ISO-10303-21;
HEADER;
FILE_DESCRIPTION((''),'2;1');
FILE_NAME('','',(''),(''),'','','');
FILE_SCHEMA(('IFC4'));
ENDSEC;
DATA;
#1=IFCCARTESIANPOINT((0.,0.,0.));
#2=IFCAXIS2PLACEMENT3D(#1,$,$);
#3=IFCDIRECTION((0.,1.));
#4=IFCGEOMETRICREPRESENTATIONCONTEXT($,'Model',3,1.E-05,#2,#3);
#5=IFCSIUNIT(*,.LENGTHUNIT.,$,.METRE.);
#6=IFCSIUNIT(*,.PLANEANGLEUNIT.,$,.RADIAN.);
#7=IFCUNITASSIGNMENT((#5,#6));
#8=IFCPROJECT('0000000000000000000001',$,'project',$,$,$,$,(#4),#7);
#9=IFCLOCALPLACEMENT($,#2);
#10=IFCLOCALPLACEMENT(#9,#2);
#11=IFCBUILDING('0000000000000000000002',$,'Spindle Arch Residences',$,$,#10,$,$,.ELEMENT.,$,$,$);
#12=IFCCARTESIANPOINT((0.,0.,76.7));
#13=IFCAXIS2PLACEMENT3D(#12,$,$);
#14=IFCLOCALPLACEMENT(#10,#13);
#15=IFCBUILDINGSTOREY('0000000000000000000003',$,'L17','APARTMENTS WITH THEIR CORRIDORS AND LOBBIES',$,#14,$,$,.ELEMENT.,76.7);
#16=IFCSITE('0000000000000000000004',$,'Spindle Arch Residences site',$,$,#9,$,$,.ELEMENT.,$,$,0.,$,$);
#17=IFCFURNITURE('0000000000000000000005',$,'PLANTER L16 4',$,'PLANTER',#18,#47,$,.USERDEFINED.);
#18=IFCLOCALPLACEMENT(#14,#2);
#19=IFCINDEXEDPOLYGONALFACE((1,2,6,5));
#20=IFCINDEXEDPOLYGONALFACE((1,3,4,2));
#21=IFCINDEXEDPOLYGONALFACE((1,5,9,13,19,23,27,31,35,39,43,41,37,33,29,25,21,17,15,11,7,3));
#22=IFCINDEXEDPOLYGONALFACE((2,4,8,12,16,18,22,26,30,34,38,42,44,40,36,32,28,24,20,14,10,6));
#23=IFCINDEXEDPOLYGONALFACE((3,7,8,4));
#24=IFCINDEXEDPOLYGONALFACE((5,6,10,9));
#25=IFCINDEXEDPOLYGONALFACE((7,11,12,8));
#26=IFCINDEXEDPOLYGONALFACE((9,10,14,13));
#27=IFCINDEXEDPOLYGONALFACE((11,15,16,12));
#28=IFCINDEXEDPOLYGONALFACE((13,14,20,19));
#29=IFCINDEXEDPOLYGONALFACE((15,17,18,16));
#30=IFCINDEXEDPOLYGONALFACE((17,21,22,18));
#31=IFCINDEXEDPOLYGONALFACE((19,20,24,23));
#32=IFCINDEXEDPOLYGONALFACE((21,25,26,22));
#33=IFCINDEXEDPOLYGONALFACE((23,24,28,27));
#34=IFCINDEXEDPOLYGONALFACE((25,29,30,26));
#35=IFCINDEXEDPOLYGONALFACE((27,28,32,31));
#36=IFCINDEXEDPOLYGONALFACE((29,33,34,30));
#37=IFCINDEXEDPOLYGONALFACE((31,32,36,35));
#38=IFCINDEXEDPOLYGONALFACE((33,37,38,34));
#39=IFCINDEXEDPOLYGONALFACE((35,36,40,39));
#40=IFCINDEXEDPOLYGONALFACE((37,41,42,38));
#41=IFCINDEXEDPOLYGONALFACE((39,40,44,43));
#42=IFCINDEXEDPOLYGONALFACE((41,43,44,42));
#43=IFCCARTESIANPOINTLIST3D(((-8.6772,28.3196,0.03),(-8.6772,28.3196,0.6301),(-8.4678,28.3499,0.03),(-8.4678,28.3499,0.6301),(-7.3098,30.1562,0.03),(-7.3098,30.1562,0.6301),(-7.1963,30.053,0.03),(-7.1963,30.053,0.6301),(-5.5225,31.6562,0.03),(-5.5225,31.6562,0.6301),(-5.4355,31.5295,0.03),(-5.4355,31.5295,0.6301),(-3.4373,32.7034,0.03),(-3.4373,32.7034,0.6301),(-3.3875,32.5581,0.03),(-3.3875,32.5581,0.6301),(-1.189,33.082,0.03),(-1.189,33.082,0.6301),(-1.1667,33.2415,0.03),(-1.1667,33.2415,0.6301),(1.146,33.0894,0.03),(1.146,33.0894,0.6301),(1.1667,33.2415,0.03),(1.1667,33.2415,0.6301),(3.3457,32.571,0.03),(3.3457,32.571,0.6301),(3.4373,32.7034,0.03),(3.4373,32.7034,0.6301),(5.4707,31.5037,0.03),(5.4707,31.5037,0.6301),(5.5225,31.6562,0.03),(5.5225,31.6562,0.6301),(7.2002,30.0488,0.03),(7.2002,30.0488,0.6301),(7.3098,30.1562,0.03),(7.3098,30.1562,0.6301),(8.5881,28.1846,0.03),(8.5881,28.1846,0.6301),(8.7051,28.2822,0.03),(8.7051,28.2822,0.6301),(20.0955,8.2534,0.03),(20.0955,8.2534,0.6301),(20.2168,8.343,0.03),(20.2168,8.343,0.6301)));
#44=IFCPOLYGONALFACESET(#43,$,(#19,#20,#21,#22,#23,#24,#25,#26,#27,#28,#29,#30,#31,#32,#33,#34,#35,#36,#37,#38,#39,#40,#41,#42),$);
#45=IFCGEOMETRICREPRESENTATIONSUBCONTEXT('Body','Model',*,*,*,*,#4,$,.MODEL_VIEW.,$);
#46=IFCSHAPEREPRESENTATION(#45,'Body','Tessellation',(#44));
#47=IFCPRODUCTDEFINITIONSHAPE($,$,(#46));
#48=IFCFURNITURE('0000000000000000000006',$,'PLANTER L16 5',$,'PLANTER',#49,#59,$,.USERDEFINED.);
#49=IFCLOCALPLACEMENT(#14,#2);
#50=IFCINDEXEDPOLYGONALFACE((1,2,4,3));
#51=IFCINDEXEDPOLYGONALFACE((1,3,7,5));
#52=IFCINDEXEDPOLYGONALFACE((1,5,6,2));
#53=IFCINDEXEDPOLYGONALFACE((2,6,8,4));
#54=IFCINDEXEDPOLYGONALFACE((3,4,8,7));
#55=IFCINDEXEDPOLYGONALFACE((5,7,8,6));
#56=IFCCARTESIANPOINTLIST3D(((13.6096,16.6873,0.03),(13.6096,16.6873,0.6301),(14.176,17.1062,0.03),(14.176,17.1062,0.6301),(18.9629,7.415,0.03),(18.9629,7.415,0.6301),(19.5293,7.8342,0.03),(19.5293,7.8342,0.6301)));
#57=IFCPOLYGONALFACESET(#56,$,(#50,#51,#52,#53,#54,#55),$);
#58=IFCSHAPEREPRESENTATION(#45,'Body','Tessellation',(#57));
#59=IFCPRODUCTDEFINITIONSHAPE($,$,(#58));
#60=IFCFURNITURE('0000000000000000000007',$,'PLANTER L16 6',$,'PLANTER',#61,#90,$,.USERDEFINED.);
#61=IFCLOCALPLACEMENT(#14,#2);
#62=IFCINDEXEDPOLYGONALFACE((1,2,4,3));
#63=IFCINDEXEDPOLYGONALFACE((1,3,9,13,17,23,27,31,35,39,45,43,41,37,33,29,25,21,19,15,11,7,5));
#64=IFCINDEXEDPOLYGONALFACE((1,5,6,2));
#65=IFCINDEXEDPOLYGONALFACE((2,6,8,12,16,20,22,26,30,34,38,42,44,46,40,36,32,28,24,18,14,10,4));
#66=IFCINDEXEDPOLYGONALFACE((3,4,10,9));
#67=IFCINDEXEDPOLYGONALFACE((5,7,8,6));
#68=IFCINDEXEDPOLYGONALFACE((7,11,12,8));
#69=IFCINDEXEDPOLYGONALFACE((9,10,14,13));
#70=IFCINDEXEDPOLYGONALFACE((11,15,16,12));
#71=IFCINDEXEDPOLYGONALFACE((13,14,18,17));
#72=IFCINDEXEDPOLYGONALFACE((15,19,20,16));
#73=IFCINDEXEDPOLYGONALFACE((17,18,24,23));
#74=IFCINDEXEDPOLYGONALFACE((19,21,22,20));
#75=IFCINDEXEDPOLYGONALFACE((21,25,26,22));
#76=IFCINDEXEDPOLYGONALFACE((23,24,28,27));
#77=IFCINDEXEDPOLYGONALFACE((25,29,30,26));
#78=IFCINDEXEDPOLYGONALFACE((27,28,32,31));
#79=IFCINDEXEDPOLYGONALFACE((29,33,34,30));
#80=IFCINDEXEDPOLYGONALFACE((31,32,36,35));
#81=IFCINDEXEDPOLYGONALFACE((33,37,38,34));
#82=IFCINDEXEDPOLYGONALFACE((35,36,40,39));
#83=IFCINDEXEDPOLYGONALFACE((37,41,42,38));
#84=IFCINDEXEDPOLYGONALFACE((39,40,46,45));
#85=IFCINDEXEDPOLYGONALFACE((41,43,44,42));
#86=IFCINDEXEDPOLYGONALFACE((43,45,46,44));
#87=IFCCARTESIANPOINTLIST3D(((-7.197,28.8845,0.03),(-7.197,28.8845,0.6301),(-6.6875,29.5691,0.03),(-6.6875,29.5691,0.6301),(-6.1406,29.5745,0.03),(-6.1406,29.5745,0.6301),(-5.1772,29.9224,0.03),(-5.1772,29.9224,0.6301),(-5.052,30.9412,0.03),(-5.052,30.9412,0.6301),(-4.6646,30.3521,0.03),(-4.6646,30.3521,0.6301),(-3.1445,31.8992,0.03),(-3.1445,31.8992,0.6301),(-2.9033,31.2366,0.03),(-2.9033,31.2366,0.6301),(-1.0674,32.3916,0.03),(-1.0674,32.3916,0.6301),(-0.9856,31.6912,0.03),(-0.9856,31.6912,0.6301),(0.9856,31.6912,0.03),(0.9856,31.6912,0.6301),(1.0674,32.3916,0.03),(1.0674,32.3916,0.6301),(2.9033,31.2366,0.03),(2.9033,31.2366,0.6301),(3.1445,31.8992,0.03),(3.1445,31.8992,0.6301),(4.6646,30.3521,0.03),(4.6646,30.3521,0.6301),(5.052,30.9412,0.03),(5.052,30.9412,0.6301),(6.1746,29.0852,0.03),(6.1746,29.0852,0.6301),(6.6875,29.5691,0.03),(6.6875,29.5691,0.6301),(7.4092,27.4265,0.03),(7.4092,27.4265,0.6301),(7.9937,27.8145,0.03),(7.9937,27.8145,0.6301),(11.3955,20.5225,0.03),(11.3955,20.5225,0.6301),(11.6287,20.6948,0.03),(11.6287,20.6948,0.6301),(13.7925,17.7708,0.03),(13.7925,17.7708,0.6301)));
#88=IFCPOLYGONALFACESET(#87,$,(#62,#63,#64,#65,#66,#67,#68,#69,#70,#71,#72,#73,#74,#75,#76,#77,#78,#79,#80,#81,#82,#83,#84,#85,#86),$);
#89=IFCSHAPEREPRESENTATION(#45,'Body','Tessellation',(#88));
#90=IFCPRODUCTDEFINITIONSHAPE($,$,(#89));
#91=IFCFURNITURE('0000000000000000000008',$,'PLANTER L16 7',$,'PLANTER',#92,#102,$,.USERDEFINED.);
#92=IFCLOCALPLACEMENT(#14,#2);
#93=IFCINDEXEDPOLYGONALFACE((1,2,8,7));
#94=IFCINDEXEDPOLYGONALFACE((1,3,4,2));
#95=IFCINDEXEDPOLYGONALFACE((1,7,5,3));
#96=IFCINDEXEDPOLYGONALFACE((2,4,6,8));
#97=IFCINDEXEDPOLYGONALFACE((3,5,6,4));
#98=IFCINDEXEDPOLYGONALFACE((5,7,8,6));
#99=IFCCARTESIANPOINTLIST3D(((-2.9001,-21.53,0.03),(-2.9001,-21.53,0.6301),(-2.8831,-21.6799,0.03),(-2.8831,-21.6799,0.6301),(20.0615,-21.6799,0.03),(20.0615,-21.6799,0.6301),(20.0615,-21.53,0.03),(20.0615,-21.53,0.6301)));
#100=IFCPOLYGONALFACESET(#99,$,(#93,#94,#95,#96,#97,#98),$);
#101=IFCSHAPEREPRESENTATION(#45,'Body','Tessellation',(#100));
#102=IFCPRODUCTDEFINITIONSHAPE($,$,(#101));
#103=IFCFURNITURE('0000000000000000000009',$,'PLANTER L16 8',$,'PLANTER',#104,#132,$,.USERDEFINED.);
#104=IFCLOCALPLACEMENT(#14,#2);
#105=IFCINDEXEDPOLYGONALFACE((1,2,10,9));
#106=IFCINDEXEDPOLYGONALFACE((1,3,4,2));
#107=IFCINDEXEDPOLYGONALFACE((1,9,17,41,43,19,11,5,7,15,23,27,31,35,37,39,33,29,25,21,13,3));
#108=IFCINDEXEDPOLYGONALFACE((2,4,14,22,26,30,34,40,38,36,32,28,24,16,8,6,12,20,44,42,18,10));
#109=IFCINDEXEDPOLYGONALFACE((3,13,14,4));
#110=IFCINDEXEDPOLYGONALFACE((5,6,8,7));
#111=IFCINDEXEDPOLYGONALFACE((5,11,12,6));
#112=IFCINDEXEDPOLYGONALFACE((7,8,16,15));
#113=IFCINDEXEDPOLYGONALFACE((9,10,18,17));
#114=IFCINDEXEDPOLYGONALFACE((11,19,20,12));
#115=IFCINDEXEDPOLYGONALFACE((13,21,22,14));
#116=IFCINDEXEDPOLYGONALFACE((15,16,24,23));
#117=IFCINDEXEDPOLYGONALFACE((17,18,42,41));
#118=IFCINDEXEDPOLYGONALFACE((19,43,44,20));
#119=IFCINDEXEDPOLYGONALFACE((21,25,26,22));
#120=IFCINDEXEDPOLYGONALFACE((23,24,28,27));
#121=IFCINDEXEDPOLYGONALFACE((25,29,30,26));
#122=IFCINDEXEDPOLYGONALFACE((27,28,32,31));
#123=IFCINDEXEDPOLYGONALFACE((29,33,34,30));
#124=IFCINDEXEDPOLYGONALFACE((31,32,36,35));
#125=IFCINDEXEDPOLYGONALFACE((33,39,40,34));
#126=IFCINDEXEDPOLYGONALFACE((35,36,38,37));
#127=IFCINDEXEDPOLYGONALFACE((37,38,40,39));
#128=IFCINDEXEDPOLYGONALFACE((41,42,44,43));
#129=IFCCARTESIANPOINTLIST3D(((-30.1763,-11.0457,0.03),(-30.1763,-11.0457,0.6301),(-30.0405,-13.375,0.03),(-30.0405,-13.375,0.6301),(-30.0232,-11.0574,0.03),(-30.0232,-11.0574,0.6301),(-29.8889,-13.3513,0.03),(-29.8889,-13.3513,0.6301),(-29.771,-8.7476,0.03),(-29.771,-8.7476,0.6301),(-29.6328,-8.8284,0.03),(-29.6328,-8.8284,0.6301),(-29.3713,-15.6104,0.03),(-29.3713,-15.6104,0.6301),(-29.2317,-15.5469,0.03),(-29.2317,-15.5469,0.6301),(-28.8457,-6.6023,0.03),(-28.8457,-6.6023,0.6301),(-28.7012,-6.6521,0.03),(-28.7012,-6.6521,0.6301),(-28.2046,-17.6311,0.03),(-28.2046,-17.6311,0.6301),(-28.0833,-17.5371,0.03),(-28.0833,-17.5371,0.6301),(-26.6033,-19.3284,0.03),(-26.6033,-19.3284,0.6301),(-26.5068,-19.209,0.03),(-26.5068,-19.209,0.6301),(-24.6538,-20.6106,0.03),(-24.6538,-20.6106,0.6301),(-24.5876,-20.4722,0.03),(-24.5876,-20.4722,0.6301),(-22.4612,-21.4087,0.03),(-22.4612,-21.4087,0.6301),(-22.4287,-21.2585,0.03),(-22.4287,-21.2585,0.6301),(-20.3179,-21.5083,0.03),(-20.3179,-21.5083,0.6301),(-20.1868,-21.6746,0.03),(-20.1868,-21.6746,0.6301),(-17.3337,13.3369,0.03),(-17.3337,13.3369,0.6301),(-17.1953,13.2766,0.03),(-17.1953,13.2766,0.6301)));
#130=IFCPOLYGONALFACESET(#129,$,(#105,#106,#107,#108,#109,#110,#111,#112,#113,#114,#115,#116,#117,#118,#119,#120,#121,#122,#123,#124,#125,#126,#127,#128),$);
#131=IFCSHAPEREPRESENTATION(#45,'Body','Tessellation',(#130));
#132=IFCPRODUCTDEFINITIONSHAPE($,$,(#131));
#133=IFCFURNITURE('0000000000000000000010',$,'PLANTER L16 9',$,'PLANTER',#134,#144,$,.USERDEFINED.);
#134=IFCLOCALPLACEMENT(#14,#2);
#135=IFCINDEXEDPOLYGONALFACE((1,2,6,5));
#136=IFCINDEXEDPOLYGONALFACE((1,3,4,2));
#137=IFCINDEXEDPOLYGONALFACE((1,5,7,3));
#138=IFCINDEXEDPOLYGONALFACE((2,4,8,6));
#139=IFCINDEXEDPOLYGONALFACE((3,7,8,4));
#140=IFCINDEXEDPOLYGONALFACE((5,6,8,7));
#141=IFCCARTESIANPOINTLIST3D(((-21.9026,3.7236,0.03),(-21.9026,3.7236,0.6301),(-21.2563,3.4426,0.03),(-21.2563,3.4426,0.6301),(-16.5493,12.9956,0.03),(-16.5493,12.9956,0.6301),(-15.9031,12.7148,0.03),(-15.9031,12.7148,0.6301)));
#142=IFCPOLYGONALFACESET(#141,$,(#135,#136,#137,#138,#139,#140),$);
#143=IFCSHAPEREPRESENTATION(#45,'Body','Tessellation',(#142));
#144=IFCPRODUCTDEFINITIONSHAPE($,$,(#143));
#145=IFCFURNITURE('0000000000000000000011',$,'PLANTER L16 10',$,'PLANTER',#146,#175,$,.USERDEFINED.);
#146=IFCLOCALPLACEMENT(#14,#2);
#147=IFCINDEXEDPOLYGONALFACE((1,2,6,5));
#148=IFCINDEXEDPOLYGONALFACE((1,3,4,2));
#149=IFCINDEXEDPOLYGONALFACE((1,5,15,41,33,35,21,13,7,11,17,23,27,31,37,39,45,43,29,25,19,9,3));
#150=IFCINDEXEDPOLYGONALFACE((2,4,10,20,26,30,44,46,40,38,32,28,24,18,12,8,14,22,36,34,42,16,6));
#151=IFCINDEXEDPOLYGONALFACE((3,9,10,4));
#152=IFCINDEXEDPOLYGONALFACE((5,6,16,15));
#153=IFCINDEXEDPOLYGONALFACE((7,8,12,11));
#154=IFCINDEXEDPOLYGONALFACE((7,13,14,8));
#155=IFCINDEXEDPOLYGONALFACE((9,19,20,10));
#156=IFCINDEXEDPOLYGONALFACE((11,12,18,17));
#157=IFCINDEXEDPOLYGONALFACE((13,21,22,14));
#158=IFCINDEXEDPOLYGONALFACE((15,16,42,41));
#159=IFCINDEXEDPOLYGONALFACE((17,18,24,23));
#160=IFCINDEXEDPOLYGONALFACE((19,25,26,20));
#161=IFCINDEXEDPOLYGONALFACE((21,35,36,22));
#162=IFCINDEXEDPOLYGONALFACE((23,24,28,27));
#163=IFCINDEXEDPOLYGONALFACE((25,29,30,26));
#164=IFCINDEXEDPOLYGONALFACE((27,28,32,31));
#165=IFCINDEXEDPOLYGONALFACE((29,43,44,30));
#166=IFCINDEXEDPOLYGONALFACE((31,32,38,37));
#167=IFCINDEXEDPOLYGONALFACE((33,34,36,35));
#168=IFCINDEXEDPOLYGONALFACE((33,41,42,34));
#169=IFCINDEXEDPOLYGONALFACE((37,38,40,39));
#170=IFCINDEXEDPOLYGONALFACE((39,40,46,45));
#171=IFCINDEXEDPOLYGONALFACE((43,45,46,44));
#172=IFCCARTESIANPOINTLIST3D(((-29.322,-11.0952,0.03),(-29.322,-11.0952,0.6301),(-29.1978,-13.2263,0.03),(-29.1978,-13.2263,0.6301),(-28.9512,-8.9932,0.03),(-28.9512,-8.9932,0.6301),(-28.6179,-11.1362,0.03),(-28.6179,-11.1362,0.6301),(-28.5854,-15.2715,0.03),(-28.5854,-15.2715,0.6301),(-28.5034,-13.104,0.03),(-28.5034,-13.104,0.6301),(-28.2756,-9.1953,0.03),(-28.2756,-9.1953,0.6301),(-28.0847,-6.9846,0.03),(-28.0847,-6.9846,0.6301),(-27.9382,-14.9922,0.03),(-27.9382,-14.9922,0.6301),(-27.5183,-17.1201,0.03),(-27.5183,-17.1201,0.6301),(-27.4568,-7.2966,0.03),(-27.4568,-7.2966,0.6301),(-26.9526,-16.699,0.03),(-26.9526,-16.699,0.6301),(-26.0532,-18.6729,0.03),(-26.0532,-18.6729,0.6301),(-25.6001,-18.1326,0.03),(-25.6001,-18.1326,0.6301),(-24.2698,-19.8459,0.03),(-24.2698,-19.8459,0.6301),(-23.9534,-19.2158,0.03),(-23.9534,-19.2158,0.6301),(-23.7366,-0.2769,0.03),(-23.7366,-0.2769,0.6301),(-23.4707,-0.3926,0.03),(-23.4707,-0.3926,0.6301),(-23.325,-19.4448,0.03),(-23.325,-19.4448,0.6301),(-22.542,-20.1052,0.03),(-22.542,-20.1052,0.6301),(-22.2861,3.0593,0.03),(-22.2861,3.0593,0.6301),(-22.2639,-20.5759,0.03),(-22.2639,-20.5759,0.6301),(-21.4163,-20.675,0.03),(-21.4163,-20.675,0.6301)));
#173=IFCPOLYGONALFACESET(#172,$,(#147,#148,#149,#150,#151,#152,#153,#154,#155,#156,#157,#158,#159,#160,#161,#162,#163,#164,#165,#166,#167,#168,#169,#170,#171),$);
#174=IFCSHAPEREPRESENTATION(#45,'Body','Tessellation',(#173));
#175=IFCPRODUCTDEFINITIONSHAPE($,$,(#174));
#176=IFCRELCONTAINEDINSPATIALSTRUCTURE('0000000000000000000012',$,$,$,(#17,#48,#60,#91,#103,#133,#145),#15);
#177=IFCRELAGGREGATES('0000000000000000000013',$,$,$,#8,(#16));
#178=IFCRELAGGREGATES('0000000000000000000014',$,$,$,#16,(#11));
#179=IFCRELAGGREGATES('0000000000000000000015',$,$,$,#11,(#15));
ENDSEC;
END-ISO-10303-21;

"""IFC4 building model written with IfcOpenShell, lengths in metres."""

from ifc_helpers import new_model, si_unit, direction, frame, origin, place, context, subcontext, project, spatial, polyline, outline, extrude, element, save


model = new_model("IFC4")

# Units and contexts
model_context = context("Model", 3, precision=1e-05, world=origin(), true_north=direction((0.0, 1.0)))
body_context = subcontext(model_context, "Body", "Model", "MODEL_VIEW")
ifc_project = project(units=[si_unit("LENGTHUNIT", "METRE"), si_unit("PLANEANGLEUNIT", "RADIAN")], contexts=[model_context])

# Site, building, storey
site_placement = place(None, origin())
site = spatial("IfcSite", under=ifc_project, at=site_placement, Name="Spindle Arch Residences site", CompositionType="ELEMENT", RefElevation=0.0)
building_placement = place(site_placement, origin())
building = spatial("IfcBuilding", under=site, at=building_placement, Name="Spindle Arch Residences", CompositionType="ELEMENT")
storey_placement = place(building_placement, frame((0.0, 0.0, 76.7)))
storey = spatial("IfcBuildingStorey", under=building, at=storey_placement, Name="L17", Description="APARTMENTS WITH THEIR CORRIDORS AND LOBBIES", CompositionType="ELEMENT", Elevation=76.7)

# Furniture
furniture_1_placement = place(storey_placement, frame((0.0, 0.0, 0.03)))
element("IfcFurniture", 1, at=furniture_1_placement, inside=storey, Name="PLANTER L16 4", ObjectType="PLANTER", PredefinedType="USERDEFINED", context=body_context, shape_type="SweptSolid", body=[
    extrude(outline(polyline([(-7.3098, 30.1562), (-5.5225, 31.6562), (-3.4373, 32.7034), (-1.1667, 33.2415), (1.1667, 33.2415), (3.4373, 32.7034), (5.5225, 31.6562), (7.3098, 30.1562), (8.7051, 28.2822), (20.2168, 8.343), (20.0955, 8.2534), (8.5881, 28.1846), (7.2002, 30.0488), (5.4707, 31.5037), (3.3457, 32.571), (1.146, 33.0894), (-1.189, 33.082), (-3.3875, 32.5581), (-5.4355, 31.5295), (-7.1963, 30.053), (-8.4678, 28.3499), (-8.6772, 28.3196), (-7.3098, 30.1562)])), origin(), (0.0, 0.0, 1.0), 0.6001),
])
furniture_2_placement = place(storey_placement, frame((0.0, 0.0, 0.03)))
element("IfcFurniture", 2, at=furniture_2_placement, inside=storey, Name="PLANTER L16 5", ObjectType="PLANTER", PredefinedType="USERDEFINED", context=body_context, shape_type="SweptSolid", body=[
    extrude(outline(polyline([(13.6096, 16.6873), (14.176, 17.1062), (19.5293, 7.8342), (18.9629, 7.415), (13.6096, 16.6873)])), origin(), (0.0, 0.0, 1.0), 0.6001),
])
furniture_3_placement = place(storey_placement, frame((0.0, 0.0, 0.03)))
element("IfcFurniture", 3, at=furniture_3_placement, inside=storey, Name="PLANTER L16 6", ObjectType="PLANTER", PredefinedType="USERDEFINED", context=body_context, shape_type="SweptSolid", body=[
    extrude(outline(polyline([(7.4092, 27.4265), (6.1746, 29.0852), (4.6646, 30.3521), (2.9033, 31.2366), (0.9856, 31.6912), (-0.9856, 31.6912), (-2.9033, 31.2366), (-4.6646, 30.3521), (-5.1772, 29.9224), (-6.1406, 29.5745), (-7.197, 28.8845), (-6.6875, 29.5691), (-5.052, 30.9412), (-3.1445, 31.8992), (-1.0674, 32.3916), (1.0674, 32.3916), (3.1445, 31.8992), (5.052, 30.9412), (6.6875, 29.5691), (7.9937, 27.8145), (13.7925, 17.7708), (11.6287, 20.6948), (11.3955, 20.5225), (7.4092, 27.4265)])), origin(), (0.0, 0.0, 1.0), 0.6001),
])
furniture_4_placement = place(storey_placement, frame((0.0, 0.0, 0.03)))
element("IfcFurniture", 4, at=furniture_4_placement, inside=storey, Name="PLANTER L16 7", ObjectType="PLANTER", PredefinedType="USERDEFINED", context=body_context, shape_type="SweptSolid", body=[
    extrude(outline(polyline([(20.0615, -21.53), (20.0615, -21.6799), (-2.8831, -21.6799), (-2.9001, -21.53), (20.0615, -21.53)])), origin(), (0.0, 0.0, 1.0), 0.6001),
])
furniture_5_placement = place(storey_placement, frame((0.0, 0.0, 0.03)))
element("IfcFurniture", 5, at=furniture_5_placement, inside=storey, Name="PLANTER L16 8", ObjectType="PLANTER", PredefinedType="USERDEFINED", context=body_context, shape_type="SweptSolid", body=[
    extrude(outline(polyline([(-24.6538, -20.6106), (-26.6033, -19.3284), (-28.2046, -17.6311), (-29.3713, -15.6104), (-30.0405, -13.375), (-30.1763, -11.0457), (-29.771, -8.7476), (-28.8457, -6.6023), (-17.3337, 13.3369), (-17.1953, 13.2766), (-28.7012, -6.6521), (-29.6328, -8.8284), (-30.0232, -11.0574), (-29.8889, -13.3513), (-29.2317, -15.5469), (-28.0833, -17.5371), (-26.5068, -19.209), (-24.5876, -20.4722), (-22.4287, -21.2585), (-20.3179, -21.5083), (-20.1868, -21.6746), (-22.4612, -21.4087), (-24.6538, -20.6106)])), origin(), (0.0, 0.0, 1.0), 0.6001),
])
furniture_6_placement = place(storey_placement, frame((0.0, 0.0, 0.03)))
element("IfcFurniture", 6, at=furniture_6_placement, inside=storey, Name="PLANTER L16 9", ObjectType="PLANTER", PredefinedType="USERDEFINED", context=body_context, shape_type="SweptSolid", body=[
    extrude(outline(polyline([(-21.2563, 3.4426), (-21.9026, 3.7236), (-16.5493, 12.9956), (-15.9031, 12.7148), (-21.2563, 3.4426)])), origin(), (0.0, 0.0, 1.0), 0.6001),
])
furniture_7_placement = place(storey_placement, frame((0.0, 0.0, 0.03)))
element("IfcFurniture", 7, at=furniture_7_placement, inside=storey, Name="PLANTER L16 10", ObjectType="PLANTER", PredefinedType="USERDEFINED", context=body_context, shape_type="SweptSolid", body=[
    extrude(outline(polyline([(-27.4568, -7.2966), (-28.2756, -9.1953), (-28.6179, -11.1362), (-28.5034, -13.104), (-27.9382, -14.9922), (-26.9526, -16.699), (-25.6001, -18.1326), (-23.9534, -19.2158), (-23.325, -19.4448), (-22.542, -20.1052), (-21.4163, -20.675), (-22.2639, -20.5759), (-24.2698, -19.8459), (-26.0532, -18.6729), (-27.5183, -17.1201), (-28.5854, -15.2715), (-29.1978, -13.2263), (-29.322, -11.0952), (-28.9512, -8.9932), (-28.0847, -6.9846), (-22.2861, 3.0593), (-23.7366, -0.2769), (-23.4707, -0.3926), (-27.4568, -7.2966)])), origin(), (0.0, 0.0, 1.0), 0.6001),
])

save(model, "model.ifc")
